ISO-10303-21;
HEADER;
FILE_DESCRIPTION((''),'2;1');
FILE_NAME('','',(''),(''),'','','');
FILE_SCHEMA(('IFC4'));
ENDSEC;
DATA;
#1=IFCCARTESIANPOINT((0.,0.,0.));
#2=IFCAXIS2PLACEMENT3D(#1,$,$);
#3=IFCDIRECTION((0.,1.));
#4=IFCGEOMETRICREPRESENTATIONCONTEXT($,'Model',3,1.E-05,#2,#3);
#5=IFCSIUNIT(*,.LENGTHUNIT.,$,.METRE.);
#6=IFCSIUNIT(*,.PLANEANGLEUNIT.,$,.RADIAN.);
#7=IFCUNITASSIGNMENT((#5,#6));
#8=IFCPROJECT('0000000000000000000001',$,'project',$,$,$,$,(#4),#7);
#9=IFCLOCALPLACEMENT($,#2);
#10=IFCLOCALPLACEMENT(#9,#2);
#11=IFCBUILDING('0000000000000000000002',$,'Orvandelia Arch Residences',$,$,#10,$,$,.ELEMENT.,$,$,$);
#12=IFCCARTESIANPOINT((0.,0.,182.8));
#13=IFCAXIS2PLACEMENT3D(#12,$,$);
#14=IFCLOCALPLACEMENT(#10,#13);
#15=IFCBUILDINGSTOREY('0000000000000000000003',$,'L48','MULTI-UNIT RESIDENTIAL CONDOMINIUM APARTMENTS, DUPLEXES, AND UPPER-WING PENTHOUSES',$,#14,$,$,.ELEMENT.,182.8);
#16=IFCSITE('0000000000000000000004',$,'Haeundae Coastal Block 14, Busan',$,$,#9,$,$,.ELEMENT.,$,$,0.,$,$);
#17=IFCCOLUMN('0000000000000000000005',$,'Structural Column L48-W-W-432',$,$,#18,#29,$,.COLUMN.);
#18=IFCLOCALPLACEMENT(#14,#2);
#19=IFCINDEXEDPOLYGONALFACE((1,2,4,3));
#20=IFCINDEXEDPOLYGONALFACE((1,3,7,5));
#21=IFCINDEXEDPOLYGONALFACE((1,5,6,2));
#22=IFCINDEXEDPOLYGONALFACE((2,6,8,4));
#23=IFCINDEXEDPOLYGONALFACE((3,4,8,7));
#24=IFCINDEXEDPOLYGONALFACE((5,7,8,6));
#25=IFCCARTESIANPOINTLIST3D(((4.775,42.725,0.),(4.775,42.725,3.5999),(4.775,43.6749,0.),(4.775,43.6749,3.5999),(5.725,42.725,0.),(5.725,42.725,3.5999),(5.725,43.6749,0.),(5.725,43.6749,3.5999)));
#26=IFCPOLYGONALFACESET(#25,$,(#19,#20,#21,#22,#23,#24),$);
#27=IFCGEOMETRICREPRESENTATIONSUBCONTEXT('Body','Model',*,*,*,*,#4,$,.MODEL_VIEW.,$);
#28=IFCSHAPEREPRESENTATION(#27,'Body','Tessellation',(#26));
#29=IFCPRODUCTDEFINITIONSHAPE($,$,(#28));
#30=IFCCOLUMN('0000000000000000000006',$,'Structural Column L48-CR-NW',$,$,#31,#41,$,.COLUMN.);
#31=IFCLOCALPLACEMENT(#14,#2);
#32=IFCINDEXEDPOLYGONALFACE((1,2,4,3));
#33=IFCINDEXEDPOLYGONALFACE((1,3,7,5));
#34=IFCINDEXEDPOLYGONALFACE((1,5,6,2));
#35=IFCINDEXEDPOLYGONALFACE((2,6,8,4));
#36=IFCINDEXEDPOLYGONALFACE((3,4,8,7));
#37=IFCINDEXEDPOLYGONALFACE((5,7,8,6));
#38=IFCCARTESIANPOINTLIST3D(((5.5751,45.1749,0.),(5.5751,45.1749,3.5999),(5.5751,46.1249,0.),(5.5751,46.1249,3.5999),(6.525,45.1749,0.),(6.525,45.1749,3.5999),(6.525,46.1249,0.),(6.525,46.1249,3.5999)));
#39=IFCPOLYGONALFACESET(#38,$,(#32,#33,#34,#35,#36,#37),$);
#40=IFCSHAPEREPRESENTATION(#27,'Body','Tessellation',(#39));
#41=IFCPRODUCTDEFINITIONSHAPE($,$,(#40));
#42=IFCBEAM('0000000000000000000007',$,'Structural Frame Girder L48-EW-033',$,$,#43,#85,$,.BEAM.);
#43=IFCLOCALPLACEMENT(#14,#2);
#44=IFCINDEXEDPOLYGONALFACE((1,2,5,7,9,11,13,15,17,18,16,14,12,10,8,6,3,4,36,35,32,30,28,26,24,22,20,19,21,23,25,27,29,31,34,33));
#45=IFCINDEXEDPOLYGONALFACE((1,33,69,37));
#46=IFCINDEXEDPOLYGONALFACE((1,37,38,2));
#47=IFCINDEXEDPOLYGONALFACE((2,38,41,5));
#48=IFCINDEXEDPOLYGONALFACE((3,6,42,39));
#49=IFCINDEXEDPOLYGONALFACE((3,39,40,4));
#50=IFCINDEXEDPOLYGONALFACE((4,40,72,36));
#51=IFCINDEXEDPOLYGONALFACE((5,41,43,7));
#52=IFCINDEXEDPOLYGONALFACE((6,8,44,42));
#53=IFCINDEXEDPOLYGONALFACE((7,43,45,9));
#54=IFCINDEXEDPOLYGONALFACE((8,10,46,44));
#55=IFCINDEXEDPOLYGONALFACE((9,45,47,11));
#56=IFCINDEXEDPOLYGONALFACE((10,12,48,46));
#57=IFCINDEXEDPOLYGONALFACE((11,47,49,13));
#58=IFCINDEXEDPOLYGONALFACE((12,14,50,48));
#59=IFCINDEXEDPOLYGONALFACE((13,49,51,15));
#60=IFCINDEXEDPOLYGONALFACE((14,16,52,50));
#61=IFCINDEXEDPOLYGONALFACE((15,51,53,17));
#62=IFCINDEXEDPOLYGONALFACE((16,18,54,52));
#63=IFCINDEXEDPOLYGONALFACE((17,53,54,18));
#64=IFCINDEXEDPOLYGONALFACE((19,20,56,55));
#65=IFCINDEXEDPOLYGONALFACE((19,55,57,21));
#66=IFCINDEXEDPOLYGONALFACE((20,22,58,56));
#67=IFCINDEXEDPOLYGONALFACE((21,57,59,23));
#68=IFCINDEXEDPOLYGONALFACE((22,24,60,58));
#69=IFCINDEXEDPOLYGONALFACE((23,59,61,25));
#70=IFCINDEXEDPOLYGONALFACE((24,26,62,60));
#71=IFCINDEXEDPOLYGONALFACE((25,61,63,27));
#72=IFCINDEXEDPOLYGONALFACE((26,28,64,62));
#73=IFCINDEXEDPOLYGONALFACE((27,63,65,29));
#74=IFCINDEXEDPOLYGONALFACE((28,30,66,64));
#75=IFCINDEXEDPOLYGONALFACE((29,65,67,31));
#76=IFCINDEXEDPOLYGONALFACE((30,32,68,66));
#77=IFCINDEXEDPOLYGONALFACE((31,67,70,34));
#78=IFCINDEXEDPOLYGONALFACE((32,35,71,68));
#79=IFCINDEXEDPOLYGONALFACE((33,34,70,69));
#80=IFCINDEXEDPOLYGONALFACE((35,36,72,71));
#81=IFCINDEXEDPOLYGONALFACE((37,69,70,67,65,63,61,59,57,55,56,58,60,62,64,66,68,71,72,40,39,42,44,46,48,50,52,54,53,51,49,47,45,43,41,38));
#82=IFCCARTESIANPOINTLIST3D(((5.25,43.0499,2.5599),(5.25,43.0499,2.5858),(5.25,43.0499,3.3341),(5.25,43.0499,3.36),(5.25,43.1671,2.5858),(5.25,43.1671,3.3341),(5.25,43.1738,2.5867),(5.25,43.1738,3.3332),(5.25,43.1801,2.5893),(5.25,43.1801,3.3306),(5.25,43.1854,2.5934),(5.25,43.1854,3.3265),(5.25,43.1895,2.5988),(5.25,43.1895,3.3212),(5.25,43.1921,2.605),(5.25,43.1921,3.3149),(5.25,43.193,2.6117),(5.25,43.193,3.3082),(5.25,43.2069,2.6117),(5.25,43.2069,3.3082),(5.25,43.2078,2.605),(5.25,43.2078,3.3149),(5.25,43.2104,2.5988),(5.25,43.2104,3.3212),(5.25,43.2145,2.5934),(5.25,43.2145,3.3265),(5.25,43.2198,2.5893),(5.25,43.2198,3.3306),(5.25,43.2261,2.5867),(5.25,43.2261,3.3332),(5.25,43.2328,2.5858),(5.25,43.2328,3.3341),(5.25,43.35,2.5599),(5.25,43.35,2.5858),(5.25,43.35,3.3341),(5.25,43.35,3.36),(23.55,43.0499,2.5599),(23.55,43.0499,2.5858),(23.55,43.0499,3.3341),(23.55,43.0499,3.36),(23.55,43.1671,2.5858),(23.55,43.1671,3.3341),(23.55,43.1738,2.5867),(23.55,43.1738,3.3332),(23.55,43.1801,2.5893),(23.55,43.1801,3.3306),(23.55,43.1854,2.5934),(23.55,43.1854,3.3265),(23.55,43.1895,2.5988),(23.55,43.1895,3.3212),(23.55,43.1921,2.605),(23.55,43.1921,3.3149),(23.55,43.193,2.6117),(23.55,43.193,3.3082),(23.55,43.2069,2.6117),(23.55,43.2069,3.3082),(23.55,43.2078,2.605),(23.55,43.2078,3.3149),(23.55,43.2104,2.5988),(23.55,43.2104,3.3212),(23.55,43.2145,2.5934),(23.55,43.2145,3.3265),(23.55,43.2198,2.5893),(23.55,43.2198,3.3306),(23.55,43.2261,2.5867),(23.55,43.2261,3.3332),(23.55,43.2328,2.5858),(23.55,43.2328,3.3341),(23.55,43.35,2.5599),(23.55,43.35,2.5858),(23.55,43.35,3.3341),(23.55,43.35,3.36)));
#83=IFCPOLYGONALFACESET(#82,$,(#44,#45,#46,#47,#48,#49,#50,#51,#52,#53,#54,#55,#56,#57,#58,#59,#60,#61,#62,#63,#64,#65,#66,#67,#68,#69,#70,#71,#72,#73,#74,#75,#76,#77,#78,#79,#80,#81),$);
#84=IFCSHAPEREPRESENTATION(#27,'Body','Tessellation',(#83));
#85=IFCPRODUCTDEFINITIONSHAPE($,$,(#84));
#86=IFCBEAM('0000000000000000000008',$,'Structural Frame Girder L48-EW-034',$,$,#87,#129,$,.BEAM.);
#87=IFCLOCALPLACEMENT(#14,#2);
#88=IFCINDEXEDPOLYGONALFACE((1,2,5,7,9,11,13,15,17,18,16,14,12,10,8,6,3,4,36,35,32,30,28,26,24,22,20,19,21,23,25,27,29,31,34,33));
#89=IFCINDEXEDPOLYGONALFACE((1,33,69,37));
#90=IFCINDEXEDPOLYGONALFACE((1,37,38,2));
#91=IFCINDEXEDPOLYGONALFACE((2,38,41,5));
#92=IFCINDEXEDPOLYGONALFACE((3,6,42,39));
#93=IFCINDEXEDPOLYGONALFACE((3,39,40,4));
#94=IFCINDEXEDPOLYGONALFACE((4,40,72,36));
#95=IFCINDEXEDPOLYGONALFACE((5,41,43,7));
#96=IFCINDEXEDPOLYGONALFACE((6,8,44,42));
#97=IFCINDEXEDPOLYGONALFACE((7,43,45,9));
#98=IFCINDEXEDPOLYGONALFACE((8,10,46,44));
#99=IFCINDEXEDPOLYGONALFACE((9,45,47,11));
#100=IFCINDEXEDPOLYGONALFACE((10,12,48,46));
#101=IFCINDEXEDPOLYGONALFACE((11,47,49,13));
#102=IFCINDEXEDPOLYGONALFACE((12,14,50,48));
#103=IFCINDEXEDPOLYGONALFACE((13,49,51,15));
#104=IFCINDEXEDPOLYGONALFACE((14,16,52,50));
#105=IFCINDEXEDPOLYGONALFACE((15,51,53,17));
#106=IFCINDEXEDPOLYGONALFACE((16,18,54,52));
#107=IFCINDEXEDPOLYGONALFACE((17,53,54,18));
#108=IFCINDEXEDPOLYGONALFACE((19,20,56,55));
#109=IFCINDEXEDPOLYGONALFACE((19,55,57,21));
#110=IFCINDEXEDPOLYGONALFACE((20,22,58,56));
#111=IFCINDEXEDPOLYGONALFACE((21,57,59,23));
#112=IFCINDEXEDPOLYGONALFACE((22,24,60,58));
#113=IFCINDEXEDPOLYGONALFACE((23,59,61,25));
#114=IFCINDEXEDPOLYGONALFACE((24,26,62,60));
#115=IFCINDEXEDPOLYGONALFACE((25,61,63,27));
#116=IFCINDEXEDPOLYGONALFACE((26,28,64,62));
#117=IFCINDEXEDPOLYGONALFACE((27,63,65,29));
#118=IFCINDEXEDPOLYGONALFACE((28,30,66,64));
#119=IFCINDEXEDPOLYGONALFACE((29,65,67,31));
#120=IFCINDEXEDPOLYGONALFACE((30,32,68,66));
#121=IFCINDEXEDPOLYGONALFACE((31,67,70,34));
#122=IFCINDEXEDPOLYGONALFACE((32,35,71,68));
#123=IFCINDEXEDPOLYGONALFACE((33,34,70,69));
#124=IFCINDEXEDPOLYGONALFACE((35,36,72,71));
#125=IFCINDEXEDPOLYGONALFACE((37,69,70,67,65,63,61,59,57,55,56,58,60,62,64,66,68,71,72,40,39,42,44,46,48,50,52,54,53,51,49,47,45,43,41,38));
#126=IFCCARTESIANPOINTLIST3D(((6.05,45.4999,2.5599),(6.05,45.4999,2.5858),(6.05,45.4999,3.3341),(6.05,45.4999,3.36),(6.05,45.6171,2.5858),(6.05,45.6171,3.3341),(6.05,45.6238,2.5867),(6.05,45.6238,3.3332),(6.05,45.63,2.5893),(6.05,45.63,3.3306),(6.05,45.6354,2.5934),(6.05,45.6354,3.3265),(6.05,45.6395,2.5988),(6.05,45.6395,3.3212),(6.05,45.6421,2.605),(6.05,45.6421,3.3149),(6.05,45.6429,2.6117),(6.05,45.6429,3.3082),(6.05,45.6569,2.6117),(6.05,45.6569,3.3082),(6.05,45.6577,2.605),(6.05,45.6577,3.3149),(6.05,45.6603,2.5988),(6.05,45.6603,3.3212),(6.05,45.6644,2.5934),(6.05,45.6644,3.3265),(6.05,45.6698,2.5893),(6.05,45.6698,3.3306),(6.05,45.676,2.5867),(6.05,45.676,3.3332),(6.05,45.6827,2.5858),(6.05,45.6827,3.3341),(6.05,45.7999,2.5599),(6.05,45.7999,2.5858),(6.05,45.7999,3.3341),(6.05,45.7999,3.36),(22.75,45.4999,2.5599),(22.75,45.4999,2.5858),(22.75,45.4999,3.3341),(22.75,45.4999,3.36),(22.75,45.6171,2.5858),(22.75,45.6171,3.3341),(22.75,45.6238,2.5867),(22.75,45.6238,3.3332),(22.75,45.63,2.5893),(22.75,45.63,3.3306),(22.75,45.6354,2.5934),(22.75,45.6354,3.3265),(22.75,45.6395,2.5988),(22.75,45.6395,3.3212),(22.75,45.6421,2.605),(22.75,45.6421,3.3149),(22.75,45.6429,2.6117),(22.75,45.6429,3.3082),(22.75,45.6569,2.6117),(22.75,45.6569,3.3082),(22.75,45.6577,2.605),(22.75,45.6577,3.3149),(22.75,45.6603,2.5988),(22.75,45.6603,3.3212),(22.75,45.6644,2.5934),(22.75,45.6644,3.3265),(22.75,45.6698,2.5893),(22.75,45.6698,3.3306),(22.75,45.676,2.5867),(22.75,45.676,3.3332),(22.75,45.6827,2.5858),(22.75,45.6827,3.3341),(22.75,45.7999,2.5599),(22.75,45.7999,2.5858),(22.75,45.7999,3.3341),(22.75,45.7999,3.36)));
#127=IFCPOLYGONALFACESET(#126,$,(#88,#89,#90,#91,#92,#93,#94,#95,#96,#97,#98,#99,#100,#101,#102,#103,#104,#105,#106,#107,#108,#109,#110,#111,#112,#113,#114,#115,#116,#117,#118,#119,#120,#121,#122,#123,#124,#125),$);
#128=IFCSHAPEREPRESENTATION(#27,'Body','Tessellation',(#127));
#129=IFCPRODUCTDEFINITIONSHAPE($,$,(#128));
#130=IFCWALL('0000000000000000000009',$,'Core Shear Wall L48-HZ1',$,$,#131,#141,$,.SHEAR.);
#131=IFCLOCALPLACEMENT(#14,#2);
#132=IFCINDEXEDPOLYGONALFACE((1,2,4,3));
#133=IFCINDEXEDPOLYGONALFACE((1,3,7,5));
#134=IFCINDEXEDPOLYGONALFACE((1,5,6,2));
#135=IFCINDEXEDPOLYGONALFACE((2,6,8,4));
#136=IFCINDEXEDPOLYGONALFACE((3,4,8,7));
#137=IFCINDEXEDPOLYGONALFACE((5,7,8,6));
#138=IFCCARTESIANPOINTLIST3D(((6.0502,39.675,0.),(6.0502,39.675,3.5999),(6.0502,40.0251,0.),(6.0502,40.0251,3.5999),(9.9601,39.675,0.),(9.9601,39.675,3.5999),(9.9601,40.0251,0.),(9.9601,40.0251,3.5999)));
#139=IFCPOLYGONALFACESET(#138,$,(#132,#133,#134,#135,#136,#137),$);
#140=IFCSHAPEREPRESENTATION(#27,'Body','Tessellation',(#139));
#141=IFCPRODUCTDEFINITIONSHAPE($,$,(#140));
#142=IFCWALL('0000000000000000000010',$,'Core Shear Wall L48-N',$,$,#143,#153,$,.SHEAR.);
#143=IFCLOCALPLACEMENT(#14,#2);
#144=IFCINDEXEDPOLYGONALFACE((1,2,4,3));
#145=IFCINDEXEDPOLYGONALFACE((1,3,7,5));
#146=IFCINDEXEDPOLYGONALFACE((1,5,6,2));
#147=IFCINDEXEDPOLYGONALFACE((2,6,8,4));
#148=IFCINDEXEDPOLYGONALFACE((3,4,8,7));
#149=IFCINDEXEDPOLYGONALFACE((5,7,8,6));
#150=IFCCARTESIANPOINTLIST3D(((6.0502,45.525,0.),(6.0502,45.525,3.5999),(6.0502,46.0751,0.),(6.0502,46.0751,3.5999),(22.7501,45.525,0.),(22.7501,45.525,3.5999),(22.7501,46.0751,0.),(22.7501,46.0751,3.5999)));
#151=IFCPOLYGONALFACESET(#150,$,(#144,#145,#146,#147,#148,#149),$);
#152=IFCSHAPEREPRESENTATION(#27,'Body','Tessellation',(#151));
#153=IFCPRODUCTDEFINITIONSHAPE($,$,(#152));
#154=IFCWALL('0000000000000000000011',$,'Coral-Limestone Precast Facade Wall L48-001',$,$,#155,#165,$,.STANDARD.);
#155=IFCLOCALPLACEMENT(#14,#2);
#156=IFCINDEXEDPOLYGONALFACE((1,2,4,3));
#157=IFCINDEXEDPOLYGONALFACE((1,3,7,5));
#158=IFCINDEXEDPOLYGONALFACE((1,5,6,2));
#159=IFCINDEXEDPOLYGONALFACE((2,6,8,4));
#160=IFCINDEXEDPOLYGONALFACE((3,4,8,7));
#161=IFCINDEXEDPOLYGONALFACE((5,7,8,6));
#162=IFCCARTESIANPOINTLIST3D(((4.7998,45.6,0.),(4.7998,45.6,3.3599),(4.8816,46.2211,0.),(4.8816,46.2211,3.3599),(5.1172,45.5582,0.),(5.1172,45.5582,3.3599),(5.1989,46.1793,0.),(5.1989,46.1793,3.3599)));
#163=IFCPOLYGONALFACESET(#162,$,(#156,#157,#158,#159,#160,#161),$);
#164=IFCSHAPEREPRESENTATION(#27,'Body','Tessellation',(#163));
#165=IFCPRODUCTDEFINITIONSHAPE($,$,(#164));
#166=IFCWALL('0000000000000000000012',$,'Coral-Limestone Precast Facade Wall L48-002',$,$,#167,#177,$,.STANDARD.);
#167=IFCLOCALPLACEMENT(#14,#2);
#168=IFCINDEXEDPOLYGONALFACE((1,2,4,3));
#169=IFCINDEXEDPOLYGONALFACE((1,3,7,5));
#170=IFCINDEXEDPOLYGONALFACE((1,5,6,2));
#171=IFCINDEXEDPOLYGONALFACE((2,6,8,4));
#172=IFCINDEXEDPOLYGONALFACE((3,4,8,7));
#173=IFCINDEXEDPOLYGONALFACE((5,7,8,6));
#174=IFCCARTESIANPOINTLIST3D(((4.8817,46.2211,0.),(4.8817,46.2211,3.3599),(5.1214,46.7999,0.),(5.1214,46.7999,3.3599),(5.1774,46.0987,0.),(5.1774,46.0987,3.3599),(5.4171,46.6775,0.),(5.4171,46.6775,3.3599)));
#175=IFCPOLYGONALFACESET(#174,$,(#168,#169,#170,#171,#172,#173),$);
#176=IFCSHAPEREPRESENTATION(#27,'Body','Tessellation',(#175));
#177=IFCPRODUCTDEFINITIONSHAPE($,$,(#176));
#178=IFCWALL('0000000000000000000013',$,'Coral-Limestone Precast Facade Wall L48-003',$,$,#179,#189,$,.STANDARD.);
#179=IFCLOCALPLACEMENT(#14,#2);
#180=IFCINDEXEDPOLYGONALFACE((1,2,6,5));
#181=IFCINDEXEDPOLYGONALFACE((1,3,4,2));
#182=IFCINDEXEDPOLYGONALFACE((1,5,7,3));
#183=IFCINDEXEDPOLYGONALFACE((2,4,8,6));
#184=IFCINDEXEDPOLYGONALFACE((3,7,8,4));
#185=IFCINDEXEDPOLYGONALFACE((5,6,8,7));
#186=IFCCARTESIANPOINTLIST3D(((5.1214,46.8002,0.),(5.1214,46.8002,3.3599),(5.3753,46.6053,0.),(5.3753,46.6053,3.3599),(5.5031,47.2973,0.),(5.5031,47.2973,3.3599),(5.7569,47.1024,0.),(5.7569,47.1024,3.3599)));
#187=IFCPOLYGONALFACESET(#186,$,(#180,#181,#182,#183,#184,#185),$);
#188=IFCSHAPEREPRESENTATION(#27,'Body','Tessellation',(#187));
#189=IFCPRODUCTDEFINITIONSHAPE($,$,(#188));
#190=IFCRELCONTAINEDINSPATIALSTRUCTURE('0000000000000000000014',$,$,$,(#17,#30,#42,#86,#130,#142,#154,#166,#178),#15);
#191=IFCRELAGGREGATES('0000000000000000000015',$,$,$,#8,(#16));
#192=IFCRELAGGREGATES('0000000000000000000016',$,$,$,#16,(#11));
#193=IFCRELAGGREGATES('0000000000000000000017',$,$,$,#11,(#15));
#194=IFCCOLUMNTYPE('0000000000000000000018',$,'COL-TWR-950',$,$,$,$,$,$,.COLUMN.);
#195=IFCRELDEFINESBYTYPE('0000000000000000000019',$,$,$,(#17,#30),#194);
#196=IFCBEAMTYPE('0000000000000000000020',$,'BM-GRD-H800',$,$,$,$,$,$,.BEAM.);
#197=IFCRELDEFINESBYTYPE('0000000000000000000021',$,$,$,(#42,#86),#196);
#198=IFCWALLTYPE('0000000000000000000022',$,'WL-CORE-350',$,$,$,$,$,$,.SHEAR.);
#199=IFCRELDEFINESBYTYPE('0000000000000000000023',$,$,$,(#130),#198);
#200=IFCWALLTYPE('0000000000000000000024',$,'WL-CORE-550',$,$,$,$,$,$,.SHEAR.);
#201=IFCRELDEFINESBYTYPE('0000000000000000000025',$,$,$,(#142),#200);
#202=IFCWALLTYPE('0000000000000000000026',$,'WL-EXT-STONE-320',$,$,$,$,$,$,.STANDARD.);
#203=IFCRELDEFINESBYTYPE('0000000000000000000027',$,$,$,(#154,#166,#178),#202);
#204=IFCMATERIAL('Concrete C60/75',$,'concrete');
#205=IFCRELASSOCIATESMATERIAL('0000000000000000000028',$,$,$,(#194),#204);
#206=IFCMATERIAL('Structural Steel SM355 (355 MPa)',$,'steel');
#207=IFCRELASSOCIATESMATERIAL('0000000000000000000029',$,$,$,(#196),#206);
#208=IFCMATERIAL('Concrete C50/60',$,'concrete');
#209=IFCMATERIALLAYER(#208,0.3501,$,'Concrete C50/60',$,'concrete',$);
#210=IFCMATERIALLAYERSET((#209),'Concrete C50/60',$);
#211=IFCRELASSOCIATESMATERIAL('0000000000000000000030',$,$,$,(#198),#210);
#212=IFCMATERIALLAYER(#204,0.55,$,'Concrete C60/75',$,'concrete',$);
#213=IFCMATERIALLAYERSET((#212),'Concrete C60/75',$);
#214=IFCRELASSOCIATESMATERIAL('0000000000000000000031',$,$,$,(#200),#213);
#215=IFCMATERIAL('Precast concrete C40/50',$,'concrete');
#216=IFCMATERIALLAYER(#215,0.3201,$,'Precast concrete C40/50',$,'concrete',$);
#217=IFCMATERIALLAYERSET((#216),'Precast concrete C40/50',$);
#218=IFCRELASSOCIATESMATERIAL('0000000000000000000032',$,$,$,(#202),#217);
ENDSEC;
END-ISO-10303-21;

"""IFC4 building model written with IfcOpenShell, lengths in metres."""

from ifc_helpers import new_model, si_unit, direction, frame, frame_2d, origin, origin_2d, place, context, subcontext, project, spatial, rectangle, i_section, extrude, material, layer, layer_set, material_profile, profile_set, type_object, element, save


model = new_model("IFC4")

# Units and contexts
model_context = context("Model", 3, precision=1e-05, world=origin(), true_north=direction((0.0, 1.0)))
body_context = subcontext(model_context, "Body", "Model", "MODEL_VIEW")
ifc_project = project(units=[si_unit("LENGTHUNIT", "METRE"), si_unit("PLANEANGLEUNIT", "RADIAN")], contexts=[model_context])

# Site, building, storey
site_placement = place(None, origin())
site = spatial("IfcSite", under=ifc_project, at=site_placement, Name="Haeundae Coastal Block 14, Busan", CompositionType="ELEMENT", RefElevation=0.0)
building_placement = place(site_placement, origin())
building = spatial("IfcBuilding", under=site, at=building_placement, Name="Orvandelia Arch Residences", CompositionType="ELEMENT")
storey_placement = place(building_placement, frame((0.0, 0.0, 182.8)))
storey = spatial("IfcBuildingStorey", under=building, at=storey_placement, Name="L48", Description="MULTI-UNIT RESIDENTIAL CONDOMINIUM APARTMENTS, DUPLEXES, AND UPPER-WING PENTHOUSES", CompositionType="ELEMENT", Elevation=182.8)

# Columns
ifc_material_1 = material(Name="Concrete C60/75", Category="concrete")
ifc_material_profile_1 = material_profile(ifc_material_1, rectangle(XDim=0.95, YDim=0.95, at=origin_2d()), Name="Concrete C60/75", Category="concrete")
ifc_profile_set_1 = profile_set([ifc_material_profile_1], Name="Concrete C60/75")
column_type = type_object("IfcColumnType", Name="COL-TWR-950", PredefinedType="COLUMN", material=ifc_profile_set_1)
for number, where, z_axis, x_axis, name in (
    (1, (5.25, 43.2, 0.0), (0.0, 0.0, 1.0), (1.0, 0.0, 0.0), "Structural Column L48-W-W-432"),
    (2, (6.05, 45.6499, 0.0), (0.0, 0.0, 1.0), (1.0, 0.0, 0.0), "Structural Column L48-CR-NW"),
):
    element("IfcColumn", number, at=place(storey_placement, frame(where, z_axis=z_axis, x_axis=x_axis)), inside=storey, type_object=column_type, Name=name, PredefinedType="COLUMN", context=body_context, shape_type="SweptSolid", body=[
        extrude(rectangle(XDim=0.95, YDim=0.95, at=origin_2d()), origin(), (0.0, 0.0, 1.0), 3.5999),
    ])

# Beams
ifc_material_2 = material(Name="Structural Steel SM355 (355 MPa)", Category="steel")
ifc_material_profile_2 = material_profile(ifc_material_2, i_section(OverallWidth=0.3, OverallDepth=0.8, WebThickness=0.0139, FlangeThickness=0.0259, FilletRadius=0.0259, at=origin_2d()), Name="Structural Steel SM355 (355 MPa)", Category="steel")
ifc_profile_set_2 = profile_set([ifc_material_profile_2], Name="Structural Steel SM355 (355 MPa)")
beam_type = type_object("IfcBeamType", Name="BM-GRD-H800", PredefinedType="BEAM", material=ifc_profile_set_2)
beam_1_placement = place(storey_placement, frame((5.25, 43.2, 2.96), z_axis=(1.0, 0.0, 0.0), x_axis=(0.0, 1.0, 0.0)))
element("IfcBeam", 3, at=beam_1_placement, inside=storey, type_object=beam_type, Name="Structural Frame Girder L48-EW-033", PredefinedType="BEAM", context=body_context, shape_type="SweptSolid", body=[
    extrude(i_section(OverallWidth=0.3, OverallDepth=0.8, WebThickness=0.0139, FlangeThickness=0.0259, FilletRadius=0.0259, at=origin_2d()), origin(), (0.0, 0.0, 1.0), 18.3),
])
beam_2_placement = place(storey_placement, frame((6.05, 45.6499, 2.96), z_axis=(1.0, 0.0, 0.0), x_axis=(0.0, 1.0, 0.0)))
element("IfcBeam", 4, at=beam_2_placement, inside=storey, type_object=beam_type, Name="Structural Frame Girder L48-EW-034", PredefinedType="BEAM", context=body_context, shape_type="SweptSolid", body=[
    extrude(i_section(OverallWidth=0.3, OverallDepth=0.8, WebThickness=0.0139, FlangeThickness=0.0259, FilletRadius=0.0259, at=origin_2d()), origin(), (0.0, 0.0, 1.0), 16.7),
])

# Walls
ifc_material_3 = material(Name="Concrete C50/60", Category="concrete")
ifc_layer_1 = layer(ifc_material_3, 0.3501, Name="Concrete C50/60", Category="concrete")
ifc_layer_set_1 = layer_set([ifc_layer_1], Name="Concrete C50/60")
wall_type_1 = type_object("IfcWallType", Name="WL-CORE-350", PredefinedType="SHEAR", material=ifc_layer_set_1)
wall_1_placement = place(storey_placement, frame((6.05, 39.8501, 0.0), z_axis=(0.0, 0.0, 1.0), x_axis=(1.0, 0.0, 0.0)))
element("IfcWall", 5, at=wall_1_placement, inside=storey, type_object=wall_type_1, Name="Core Shear Wall L48-HZ1", PredefinedType="SHEAR", context=body_context, shape_type="SweptSolid", body=[
    extrude(rectangle(XDim=3.9099, YDim=0.3501, at=frame_2d((1.9551, 0.0))), origin(), (0.0, 0.0, 1.0), 3.5999),
])
ifc_layer_2 = layer(ifc_material_1, 0.55, Name="Concrete C60/75", Category="concrete")
ifc_layer_set_2 = layer_set([ifc_layer_2], Name="Concrete C60/75")
wall_type_2 = type_object("IfcWallType", Name="WL-CORE-550", PredefinedType="SHEAR", material=ifc_layer_set_2)
wall_2_placement = place(storey_placement, frame((6.05, 45.8, 0.0), z_axis=(0.0, 0.0, 1.0), x_axis=(1.0, 0.0, 0.0)))
element("IfcWall", 6, at=wall_2_placement, inside=storey, type_object=wall_type_2, Name="Core Shear Wall L48-N", PredefinedType="SHEAR", context=body_context, shape_type="SweptSolid", body=[
    extrude(rectangle(XDim=16.7, YDim=0.55, at=frame_2d((8.3501, 0.0))), origin(), (0.0, 0.0, 1.0), 3.5999),
])
ifc_material_4 = material(Name="Precast concrete C40/50", Category="concrete")
ifc_layer_3 = layer(ifc_material_4, 0.3201, Name="Precast concrete C40/50", Category="concrete")
ifc_layer_set_3 = layer_set([ifc_layer_3], Name="Precast concrete C40/50")
wall_type_3 = type_object("IfcWallType", Name="WL-EXT-STONE-320", PredefinedType="STANDARD", material=ifc_layer_set_3)
for number, where, z_axis, x_axis, name in (
    (7, (4.9585, 45.5791, 0.0), (0.0, 0.0, 1.0), (0.130555, 0.991441, 0.0), "Coral-Limestone Precast Facade Wall L48-001"),
    (8, (5.0295, 46.1599, 0.0), (0.0, 0.0, 1.0), (0.38265, 0.923893, 0.0), "Coral-Limestone Precast Facade Wall L48-002"),
):
    element("IfcWall", number, at=place(storey_placement, frame(where, z_axis=z_axis, x_axis=x_axis)), inside=storey, type_object=wall_type_3, Name=name, PredefinedType="STANDARD", context=body_context, shape_type="SweptSolid", body=[
        extrude(rectangle(XDim=0.6265, YDim=0.3201, at=frame_2d((0.3132, 0.0))), origin(), (0.0, 0.0, 1.0), 3.3599),
    ])
wall_3_placement = place(storey_placement, frame((5.2483, 46.7026, 0.0), z_axis=(0.0, 0.0, 1.0), x_axis=(0.608939, 0.793217, 0.0)))
element("IfcWall", 9, at=wall_3_placement, inside=storey, type_object=wall_type_3, Name="Coral-Limestone Precast Facade Wall L48-003", PredefinedType="STANDARD", context=body_context, shape_type="SweptSolid", body=[
    extrude(rectangle(XDim=0.6267, YDim=0.3201, at=frame_2d((0.3135, 0.0))), origin(), (0.0, 0.0, 1.0), 3.3599),
])

save(model, "model.ifc")
